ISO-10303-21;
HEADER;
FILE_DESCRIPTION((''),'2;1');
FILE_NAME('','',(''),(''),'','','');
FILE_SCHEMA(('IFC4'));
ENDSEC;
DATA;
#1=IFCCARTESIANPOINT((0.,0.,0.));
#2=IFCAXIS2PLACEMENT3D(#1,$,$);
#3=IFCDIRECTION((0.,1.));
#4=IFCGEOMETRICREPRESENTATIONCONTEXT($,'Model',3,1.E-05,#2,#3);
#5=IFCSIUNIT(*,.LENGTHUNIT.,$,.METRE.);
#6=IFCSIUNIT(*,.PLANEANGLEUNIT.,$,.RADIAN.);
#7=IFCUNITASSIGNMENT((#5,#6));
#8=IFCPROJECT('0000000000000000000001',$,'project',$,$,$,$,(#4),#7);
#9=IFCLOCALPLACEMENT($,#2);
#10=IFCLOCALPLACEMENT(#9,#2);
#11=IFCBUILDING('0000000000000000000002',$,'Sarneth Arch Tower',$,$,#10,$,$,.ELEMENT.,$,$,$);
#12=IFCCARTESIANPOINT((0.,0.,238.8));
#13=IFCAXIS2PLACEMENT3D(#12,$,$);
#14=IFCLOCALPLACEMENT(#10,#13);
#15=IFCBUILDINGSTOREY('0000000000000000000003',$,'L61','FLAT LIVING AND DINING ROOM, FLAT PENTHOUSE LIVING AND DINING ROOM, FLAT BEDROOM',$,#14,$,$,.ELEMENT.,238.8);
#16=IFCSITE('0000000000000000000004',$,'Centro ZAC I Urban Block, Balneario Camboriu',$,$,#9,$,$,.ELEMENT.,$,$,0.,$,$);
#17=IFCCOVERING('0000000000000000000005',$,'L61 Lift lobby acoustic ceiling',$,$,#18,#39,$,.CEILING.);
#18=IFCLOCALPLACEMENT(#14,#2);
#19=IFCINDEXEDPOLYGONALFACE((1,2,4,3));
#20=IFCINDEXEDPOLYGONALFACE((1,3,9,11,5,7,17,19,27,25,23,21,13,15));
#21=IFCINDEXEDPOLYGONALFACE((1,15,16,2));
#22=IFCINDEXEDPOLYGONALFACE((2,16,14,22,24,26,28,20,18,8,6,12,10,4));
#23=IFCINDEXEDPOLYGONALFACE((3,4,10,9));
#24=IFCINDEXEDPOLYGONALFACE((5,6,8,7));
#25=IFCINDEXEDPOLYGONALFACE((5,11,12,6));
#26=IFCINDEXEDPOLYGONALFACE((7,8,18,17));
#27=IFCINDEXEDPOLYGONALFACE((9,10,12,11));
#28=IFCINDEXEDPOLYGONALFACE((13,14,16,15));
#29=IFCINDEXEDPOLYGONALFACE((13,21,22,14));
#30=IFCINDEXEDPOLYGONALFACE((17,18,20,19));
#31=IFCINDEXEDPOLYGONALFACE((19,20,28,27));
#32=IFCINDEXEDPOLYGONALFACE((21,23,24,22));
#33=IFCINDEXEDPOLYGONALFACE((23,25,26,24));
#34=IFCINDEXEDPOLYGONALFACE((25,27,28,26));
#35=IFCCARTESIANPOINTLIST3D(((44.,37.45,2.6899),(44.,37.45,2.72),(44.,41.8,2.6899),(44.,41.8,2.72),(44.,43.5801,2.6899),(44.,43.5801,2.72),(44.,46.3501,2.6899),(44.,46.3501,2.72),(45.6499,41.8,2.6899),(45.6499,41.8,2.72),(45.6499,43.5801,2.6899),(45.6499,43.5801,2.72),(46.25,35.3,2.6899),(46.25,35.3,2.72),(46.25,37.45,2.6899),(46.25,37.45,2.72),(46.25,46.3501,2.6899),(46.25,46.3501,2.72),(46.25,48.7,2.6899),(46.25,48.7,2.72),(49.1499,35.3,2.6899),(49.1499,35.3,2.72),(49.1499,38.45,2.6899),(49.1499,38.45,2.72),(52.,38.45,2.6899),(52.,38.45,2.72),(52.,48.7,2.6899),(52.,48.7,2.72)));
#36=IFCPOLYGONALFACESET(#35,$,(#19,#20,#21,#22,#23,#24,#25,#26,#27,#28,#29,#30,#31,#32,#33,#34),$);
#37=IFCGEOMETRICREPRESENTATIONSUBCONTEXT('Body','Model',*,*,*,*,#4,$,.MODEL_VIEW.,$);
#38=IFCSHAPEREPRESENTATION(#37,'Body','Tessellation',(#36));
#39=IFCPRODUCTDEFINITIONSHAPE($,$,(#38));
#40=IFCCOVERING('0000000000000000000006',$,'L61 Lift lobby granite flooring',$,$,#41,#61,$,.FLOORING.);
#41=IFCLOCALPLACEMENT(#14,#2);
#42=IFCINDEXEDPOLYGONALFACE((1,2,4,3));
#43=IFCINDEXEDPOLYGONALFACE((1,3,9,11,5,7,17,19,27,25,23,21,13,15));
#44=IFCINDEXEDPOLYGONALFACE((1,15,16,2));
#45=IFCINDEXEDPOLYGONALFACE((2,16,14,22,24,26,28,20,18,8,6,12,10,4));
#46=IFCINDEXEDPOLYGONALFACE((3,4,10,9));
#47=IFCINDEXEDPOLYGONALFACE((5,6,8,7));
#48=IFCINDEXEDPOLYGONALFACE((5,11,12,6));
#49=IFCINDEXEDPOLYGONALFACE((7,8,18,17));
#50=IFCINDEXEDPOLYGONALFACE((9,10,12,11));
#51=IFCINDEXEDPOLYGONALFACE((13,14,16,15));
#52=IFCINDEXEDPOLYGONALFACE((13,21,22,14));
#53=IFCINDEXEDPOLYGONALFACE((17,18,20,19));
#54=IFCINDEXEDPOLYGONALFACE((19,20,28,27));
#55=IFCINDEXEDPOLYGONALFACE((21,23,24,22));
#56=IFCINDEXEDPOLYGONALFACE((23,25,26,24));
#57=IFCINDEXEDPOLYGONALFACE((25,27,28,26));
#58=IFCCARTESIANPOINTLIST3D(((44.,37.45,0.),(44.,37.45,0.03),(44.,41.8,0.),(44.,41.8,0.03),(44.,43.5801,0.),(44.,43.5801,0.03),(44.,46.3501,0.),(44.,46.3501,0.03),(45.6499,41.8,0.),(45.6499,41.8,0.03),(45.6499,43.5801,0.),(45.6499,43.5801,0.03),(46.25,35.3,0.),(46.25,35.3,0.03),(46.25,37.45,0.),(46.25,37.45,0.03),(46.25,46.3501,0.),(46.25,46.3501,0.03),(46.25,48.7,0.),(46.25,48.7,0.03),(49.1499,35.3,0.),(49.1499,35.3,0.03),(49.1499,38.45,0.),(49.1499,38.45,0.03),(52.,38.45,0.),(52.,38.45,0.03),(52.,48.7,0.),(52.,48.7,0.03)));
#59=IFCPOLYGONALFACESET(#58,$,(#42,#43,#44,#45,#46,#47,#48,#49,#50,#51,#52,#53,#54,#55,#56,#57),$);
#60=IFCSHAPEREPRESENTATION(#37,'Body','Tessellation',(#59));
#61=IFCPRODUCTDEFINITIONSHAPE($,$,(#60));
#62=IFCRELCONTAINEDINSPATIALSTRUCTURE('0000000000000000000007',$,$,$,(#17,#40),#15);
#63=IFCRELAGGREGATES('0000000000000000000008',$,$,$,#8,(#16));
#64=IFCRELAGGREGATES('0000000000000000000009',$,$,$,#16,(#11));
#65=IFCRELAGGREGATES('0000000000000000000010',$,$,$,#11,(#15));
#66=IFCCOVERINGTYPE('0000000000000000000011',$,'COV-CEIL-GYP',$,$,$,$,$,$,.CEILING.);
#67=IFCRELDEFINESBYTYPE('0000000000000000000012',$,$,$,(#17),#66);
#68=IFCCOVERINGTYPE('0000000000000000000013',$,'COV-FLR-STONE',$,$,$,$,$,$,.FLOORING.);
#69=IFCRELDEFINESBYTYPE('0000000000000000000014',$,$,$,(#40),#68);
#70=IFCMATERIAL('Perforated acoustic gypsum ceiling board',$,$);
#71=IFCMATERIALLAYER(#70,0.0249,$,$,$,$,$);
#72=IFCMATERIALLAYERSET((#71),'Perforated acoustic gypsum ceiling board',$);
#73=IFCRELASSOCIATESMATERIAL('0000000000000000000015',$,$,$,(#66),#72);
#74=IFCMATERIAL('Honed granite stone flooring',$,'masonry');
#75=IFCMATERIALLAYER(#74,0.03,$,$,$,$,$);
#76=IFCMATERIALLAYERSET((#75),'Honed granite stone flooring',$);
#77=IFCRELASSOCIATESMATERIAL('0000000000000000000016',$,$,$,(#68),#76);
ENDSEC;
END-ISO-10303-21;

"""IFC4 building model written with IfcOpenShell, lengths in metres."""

from ifc_helpers import new_model, si_unit, direction, frame, origin, place, context, subcontext, project, spatial, polyline, outline, extrude, material, layer, layer_set, type_object, element, save


model = new_model("IFC4")

# Units and contexts
model_context = context("Model", 3, precision=1e-05, world=origin(), true_north=direction((0.0, 1.0)))
body_context = subcontext(model_context, "Body", "Model", "MODEL_VIEW")
ifc_project = project(units=[si_unit("LENGTHUNIT", "METRE"), si_unit("PLANEANGLEUNIT", "RADIAN")], contexts=[model_context])

# Site, building, storey
site_placement = place(None, origin())
site = spatial("IfcSite", under=ifc_project, at=site_placement, Name="Centro ZAC I Urban Block, Balneario Camboriu", CompositionType="ELEMENT", RefElevation=0.0)
building_placement = place(site_placement, origin())
building = spatial("IfcBuilding", under=site, at=building_placement, Name="Sarneth Arch Tower", CompositionType="ELEMENT")
storey_placement = place(building_placement, frame((0.0, 0.0, 238.8)))
storey = spatial("IfcBuildingStorey", under=building, at=storey_placement, Name="L61", Description="FLAT LIVING AND DINING ROOM, FLAT PENTHOUSE LIVING AND DINING ROOM, FLAT BEDROOM", CompositionType="ELEMENT", Elevation=238.8)

# Coverings
ifc_material_1 = material(Name="Perforated acoustic gypsum ceiling board")
ifc_layer_1 = layer(ifc_material_1, 0.0249)
ifc_layer_set_1 = layer_set([ifc_layer_1], Name="Perforated acoustic gypsum ceiling board")
covering_type_1 = type_object("IfcCoveringType", Name="COV-CEIL-GYP", PredefinedType="CEILING", material=ifc_layer_set_1)
covering_1_placement = place(storey_placement, frame((0.0, 0.0, 2.6899)))
element("IfcCovering", 1, at=covering_1_placement, inside=storey, type_object=covering_type_1, Name="L61 Lift lobby acoustic ceiling", PredefinedType="CEILING", context=body_context, shape_type="SweptSolid", body=[
    extrude(outline(polyline([(49.1499, 38.45), (49.1499, 35.3), (46.25, 35.3), (46.25, 37.45), (44.0, 37.45), (44.0, 41.8), (45.6499, 41.8), (45.6499, 43.5801), (44.0, 43.5801), (44.0, 46.3501), (46.25, 46.3501), (46.25, 48.7), (52.0, 48.7), (52.0, 38.45), (49.1499, 38.45)])), origin(), (0.0, 0.0, 1.0), 0.03),
])
ifc_material_2 = material(Name="Honed granite stone flooring", Category="masonry")
ifc_layer_2 = layer(ifc_material_2, 0.03)
ifc_layer_set_2 = layer_set([ifc_layer_2], Name="Honed granite stone flooring")
covering_type_2 = type_object("IfcCoveringType", Name="COV-FLR-STONE", PredefinedType="FLOORING", material=ifc_layer_set_2)
covering_2_placement = place(storey_placement, origin())
element("IfcCovering", 2, at=covering_2_placement, inside=storey, type_object=covering_type_2, Name="L61 Lift lobby granite flooring", PredefinedType="FLOORING", context=body_context, shape_type="SweptSolid", body=[
    extrude(outline(polyline([(49.1499, 38.45), (49.1499, 35.3), (46.25, 35.3), (46.25, 37.45), (44.0, 37.45), (44.0, 41.8), (45.6499, 41.8), (45.6499, 43.5801), (44.0, 43.5801), (44.0, 46.3501), (46.25, 46.3501), (46.25, 48.7), (52.0, 48.7), (52.0, 38.45), (49.1499, 38.45)])), origin(), (0.0, 0.0, 1.0), 0.03),
])

save(model, "model.ifc")
